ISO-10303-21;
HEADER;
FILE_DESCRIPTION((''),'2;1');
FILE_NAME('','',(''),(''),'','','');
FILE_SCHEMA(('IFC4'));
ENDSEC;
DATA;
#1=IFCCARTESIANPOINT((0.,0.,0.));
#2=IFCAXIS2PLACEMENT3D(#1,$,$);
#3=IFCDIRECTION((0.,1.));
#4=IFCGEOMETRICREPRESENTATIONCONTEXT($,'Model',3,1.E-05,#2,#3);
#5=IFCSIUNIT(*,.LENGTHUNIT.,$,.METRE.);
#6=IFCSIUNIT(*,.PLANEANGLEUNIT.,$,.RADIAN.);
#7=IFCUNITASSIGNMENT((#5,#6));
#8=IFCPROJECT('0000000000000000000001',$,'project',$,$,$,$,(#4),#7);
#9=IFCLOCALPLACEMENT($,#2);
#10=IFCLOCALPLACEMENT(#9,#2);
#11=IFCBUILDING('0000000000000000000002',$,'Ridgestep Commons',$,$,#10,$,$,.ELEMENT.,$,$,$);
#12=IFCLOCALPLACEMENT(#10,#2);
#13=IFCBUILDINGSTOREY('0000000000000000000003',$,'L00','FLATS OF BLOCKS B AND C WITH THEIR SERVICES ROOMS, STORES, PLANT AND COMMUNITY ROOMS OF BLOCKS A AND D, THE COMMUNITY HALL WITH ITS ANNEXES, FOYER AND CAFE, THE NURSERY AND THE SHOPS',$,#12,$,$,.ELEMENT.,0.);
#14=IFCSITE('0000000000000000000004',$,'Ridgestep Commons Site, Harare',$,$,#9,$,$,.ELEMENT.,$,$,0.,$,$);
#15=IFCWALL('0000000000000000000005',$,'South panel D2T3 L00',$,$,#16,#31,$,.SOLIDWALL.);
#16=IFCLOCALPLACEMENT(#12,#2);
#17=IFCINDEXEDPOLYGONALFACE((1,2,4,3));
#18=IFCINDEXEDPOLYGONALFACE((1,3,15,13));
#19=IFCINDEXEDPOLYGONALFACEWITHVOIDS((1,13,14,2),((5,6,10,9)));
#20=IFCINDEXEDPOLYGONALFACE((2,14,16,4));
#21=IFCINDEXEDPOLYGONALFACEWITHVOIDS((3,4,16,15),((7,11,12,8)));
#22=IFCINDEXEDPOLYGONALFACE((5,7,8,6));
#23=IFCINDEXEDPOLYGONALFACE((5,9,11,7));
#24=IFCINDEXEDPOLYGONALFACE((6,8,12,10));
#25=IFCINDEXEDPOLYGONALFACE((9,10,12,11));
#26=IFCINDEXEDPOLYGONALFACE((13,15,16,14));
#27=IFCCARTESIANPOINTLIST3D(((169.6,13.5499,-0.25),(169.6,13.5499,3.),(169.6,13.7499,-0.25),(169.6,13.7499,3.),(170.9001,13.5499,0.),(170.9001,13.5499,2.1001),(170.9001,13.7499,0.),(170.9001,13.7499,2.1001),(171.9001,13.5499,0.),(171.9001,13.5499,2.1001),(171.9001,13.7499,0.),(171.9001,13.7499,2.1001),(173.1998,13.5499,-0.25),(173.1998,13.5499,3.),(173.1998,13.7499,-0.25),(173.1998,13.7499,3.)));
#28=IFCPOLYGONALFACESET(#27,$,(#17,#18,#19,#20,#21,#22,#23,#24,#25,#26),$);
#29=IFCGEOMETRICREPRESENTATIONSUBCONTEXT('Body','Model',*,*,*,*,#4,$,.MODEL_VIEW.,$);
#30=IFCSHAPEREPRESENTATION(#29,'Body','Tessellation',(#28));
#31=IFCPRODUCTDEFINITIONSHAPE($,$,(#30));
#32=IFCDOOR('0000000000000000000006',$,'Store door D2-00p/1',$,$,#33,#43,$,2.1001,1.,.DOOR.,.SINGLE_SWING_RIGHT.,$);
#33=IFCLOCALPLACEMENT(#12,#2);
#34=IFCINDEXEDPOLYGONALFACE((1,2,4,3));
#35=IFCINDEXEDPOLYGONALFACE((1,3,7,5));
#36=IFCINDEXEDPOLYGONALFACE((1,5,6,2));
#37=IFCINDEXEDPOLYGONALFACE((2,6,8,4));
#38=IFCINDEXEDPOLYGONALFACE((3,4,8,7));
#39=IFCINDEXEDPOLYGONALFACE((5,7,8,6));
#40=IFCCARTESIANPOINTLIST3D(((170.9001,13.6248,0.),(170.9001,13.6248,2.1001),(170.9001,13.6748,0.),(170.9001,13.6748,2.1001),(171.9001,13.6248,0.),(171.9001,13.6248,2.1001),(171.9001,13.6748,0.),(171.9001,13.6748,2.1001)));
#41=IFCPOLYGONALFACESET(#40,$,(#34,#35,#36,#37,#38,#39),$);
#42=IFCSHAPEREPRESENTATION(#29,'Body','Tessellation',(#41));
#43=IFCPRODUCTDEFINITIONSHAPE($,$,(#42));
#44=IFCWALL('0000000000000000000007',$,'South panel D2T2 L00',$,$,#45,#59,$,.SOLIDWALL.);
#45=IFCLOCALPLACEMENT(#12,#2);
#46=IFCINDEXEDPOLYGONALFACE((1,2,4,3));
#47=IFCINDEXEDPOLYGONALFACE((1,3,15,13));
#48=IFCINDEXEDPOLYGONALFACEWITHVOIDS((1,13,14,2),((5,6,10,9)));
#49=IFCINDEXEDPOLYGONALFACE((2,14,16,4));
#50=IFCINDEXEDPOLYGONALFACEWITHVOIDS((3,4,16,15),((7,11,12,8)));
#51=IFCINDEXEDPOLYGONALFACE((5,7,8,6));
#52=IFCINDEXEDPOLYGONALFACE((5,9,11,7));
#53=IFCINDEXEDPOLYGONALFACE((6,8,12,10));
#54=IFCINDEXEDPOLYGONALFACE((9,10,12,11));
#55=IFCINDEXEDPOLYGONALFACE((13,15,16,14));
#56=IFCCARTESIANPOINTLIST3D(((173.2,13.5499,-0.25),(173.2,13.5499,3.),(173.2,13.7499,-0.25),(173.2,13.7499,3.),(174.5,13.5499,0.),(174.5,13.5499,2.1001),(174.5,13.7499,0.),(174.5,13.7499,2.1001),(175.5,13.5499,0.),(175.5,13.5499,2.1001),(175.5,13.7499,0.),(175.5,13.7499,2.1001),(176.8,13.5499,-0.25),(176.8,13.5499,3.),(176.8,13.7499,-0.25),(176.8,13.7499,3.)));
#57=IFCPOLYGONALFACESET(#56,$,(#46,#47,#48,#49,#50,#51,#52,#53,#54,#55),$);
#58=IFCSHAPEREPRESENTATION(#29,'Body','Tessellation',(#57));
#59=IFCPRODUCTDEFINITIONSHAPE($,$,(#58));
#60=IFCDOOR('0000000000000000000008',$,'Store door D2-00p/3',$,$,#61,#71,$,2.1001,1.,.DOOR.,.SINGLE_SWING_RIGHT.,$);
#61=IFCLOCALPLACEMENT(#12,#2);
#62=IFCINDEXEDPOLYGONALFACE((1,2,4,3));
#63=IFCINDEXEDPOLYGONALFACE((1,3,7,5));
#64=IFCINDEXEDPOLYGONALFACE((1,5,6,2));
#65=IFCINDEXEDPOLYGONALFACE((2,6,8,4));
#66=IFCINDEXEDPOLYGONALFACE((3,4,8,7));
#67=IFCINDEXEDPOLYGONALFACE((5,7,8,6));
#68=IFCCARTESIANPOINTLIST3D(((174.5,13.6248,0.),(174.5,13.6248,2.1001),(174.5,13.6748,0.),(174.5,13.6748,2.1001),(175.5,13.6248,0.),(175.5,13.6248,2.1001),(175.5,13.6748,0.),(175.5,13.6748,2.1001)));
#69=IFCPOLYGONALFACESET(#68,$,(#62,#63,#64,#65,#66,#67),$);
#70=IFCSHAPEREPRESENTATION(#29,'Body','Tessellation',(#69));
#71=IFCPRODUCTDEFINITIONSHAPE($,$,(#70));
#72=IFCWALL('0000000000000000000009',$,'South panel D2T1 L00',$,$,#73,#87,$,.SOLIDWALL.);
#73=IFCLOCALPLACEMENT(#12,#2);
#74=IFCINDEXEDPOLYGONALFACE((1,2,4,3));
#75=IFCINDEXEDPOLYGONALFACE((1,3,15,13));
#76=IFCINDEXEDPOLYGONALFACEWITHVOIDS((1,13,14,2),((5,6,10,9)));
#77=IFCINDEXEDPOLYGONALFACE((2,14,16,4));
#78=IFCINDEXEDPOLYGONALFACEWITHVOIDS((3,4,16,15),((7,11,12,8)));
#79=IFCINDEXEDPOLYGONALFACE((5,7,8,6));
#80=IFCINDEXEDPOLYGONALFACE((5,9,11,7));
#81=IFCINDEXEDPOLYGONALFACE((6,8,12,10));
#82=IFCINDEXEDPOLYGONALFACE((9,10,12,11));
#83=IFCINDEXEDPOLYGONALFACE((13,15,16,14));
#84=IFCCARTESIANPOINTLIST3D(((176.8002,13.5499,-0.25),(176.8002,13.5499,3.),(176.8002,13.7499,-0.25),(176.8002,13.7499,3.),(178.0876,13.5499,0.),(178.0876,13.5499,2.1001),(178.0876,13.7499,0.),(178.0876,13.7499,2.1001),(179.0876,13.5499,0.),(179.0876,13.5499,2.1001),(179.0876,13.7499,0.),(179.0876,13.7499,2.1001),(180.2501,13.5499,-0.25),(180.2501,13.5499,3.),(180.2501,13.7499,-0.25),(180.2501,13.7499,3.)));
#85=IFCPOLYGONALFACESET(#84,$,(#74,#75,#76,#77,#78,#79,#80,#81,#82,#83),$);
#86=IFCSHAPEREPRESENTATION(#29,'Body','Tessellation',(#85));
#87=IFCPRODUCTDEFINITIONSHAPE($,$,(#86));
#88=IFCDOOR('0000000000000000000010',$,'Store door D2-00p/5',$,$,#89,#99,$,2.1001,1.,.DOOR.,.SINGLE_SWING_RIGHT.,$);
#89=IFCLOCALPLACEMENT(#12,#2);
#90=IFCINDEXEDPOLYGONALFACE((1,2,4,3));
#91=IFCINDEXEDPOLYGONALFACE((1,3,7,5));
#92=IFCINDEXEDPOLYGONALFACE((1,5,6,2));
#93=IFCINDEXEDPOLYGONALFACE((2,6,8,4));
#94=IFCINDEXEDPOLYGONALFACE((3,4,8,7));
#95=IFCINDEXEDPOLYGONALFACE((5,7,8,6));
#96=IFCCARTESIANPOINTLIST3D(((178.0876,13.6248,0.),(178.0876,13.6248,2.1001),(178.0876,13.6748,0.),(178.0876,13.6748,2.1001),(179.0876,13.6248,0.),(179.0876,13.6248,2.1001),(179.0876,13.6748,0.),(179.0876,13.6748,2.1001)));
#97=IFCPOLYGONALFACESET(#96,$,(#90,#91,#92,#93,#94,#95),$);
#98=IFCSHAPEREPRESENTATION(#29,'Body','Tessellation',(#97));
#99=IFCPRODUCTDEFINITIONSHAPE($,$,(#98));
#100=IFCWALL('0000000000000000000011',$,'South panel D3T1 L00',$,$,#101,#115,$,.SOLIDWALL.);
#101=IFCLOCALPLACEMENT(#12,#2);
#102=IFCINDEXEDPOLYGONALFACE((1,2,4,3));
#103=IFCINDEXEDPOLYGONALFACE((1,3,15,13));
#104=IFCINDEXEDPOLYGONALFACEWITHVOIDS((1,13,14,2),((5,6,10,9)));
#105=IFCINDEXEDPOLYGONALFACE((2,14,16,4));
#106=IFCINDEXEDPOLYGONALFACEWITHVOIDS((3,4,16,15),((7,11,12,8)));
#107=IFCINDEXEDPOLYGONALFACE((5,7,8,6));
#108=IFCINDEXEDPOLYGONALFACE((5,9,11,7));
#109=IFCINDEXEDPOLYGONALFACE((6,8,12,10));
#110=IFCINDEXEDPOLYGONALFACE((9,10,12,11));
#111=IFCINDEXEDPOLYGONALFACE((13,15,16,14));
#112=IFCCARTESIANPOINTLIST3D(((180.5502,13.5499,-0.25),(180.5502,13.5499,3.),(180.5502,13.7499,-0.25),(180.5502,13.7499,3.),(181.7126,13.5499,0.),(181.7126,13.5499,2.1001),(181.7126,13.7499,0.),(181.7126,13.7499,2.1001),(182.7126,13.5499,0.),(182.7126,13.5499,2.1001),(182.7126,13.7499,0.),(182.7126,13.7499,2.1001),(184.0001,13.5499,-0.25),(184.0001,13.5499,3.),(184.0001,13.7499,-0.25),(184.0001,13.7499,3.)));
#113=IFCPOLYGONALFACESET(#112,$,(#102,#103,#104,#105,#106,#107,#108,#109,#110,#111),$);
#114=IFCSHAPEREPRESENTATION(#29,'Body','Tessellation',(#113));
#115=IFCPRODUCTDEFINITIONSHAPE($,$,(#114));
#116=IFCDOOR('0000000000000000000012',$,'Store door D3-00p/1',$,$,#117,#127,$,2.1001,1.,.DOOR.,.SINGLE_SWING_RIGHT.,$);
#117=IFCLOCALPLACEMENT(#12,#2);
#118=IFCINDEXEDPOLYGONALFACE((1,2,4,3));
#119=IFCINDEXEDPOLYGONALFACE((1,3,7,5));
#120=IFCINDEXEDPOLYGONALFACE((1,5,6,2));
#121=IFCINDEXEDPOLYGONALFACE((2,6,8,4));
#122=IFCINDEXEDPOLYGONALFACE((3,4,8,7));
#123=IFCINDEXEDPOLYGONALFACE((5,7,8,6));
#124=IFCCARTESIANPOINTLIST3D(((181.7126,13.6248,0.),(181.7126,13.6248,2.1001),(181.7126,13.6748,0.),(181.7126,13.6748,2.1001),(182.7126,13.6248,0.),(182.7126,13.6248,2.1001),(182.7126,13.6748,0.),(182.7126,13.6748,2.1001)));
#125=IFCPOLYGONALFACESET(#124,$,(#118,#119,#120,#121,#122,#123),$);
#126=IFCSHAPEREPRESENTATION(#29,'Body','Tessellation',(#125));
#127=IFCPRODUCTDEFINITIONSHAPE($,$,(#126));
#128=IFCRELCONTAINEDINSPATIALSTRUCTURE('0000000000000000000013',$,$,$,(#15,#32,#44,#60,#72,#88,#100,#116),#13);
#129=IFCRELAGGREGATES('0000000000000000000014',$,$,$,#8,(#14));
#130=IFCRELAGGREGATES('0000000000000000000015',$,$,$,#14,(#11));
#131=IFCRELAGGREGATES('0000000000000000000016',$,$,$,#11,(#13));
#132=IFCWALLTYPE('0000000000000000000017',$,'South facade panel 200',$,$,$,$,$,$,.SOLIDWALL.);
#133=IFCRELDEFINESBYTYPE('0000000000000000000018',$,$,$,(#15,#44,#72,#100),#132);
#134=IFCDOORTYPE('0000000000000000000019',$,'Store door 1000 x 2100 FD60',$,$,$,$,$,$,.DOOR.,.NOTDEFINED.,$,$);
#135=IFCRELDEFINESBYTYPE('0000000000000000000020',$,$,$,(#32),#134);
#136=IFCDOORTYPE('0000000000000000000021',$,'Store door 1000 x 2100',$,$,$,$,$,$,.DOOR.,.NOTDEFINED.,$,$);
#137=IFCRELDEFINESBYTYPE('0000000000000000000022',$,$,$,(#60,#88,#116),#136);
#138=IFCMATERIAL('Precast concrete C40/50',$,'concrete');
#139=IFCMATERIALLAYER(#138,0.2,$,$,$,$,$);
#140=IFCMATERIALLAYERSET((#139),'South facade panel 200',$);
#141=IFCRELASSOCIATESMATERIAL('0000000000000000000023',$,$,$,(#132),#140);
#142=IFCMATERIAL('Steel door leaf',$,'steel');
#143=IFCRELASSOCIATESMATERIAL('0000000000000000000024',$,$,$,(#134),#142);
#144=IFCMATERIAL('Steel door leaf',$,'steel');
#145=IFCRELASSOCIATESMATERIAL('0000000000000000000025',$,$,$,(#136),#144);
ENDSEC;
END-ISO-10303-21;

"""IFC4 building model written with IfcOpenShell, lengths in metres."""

from ifc_helpers import new_model, si_unit, direction, frame, frame_2d, origin, place, context, subcontext, project, spatial, rectangle, extrude, material, layer, layer_set, type_object, element, fill, save


model = new_model("IFC4")

# Units and contexts
model_context = context("Model", 3, precision=1e-05, world=origin(), true_north=direction((0.0, 1.0)))
body_context = subcontext(model_context, "Body", "Model", "MODEL_VIEW")
ifc_project = project(units=[si_unit("LENGTHUNIT", "METRE"), si_unit("PLANEANGLEUNIT", "RADIAN")], contexts=[model_context])

# Site, building, storey
site_placement = place(None, origin())
site = spatial("IfcSite", under=ifc_project, at=site_placement, Name="Ridgestep Commons Site, Harare", CompositionType="ELEMENT", RefElevation=0.0)
building_placement = place(site_placement, origin())
building = spatial("IfcBuilding", under=site, at=building_placement, Name="Ridgestep Commons", CompositionType="ELEMENT")
storey_placement = place(building_placement, origin())
storey = spatial("IfcBuildingStorey", under=building, at=storey_placement, Name="L00", Description="FLATS OF BLOCKS B AND C WITH THEIR SERVICES ROOMS, STORES, PLANT AND COMMUNITY ROOMS OF BLOCKS A AND D, THE COMMUNITY HALL WITH ITS ANNEXES, FOYER AND CAFE, THE NURSERY AND THE SHOPS", CompositionType="ELEMENT", Elevation=0.0)

# Walls, openings, doors
ifc_material_1 = material(Name="Precast concrete C40/50", Category="concrete")
ifc_layer_1 = layer(ifc_material_1, 0.2)
ifc_layer_set_1 = layer_set([ifc_layer_1], Name="South facade panel 200")
wall_type_1 = type_object("IfcWallType", Name="South facade panel 200", PredefinedType="SOLIDWALL", material=ifc_layer_set_1)
wall_1_placement = place(storey_placement, frame((169.6001, 13.6499, -0.25), z_axis=(0.0, 0.0, 1.0), x_axis=(1.0, 0.0, 0.0)))
wall_1 = element("IfcWall", 1, at=wall_1_placement, inside=storey, type_object=wall_type_1, Name="South panel D2T3 L00", PredefinedType="SOLIDWALL", context=body_context, shape_type="SweptSolid", body=[
    extrude(rectangle(XDim=3.5999, YDim=0.2, at=frame_2d((1.7998, 0.0))), origin(), (0.0, 0.0, 1.0), 3.25),
])
opening_1_placement = place(wall_1_placement, frame((1.3, 0.0, 0.25)))
opening_1 = element("IfcOpeningElement", 2, at=opening_1_placement, cuts=wall_1, PredefinedType="OPENING", context=body_context, shape_type="SweptSolid", body=[
    extrude(rectangle(XDim=1.0, YDim=2.1001, at=frame_2d((0.5, 1.05))), frame((0.0, 0.1099, 0.0), z_axis=(0.0, -1.0, 0.0), x_axis=(1.0, 0.0, 0.0)), (0.0, 0.0, 1.0), 0.22),
])
ifc_material_2 = material(Name="Steel door leaf", Category="steel")
door_type_1 = type_object("IfcDoorType", Name="Store door 1000 x 2100 FD60", OperationType="NOTDEFINED", PredefinedType="DOOR", material=ifc_material_2)
door_1_placement = place(opening_1_placement, origin())
door_1 = element("IfcDoor", 3, at=door_1_placement, inside=storey, type_object=door_type_1, Name="Store door D2-00p/1", OperationType="SINGLE_SWING_RIGHT", OverallHeight=2.1001, OverallWidth=1.0, PredefinedType="DOOR", context=body_context, shape_type="SweptSolid", body=[
    extrude(rectangle(XDim=1.0, YDim=2.1001, at=frame_2d((0.5, 1.05))), frame((0.0, 0.0249, 0.0), z_axis=(0.0, -1.0, 0.0), x_axis=(1.0, 0.0, 0.0)), (0.0, 0.0, 1.0), 0.05),
])
fill(opening_1, door_1)
wall_2_placement = place(storey_placement, frame((173.2, 13.6499, -0.25), z_axis=(0.0, 0.0, 1.0), x_axis=(1.0, 0.0, 0.0)))
wall_2 = element("IfcWall", 4, at=wall_2_placement, inside=storey, type_object=wall_type_1, Name="South panel D2T2 L00", PredefinedType="SOLIDWALL", context=body_context, shape_type="SweptSolid", body=[
    extrude(rectangle(XDim=3.6001, YDim=0.2, at=frame_2d((1.8, 0.0))), origin(), (0.0, 0.0, 1.0), 3.25),
])
opening_2_placement = place(wall_2_placement, frame((1.3, 0.0, 0.25)))
opening_2 = element("IfcOpeningElement", 5, at=opening_2_placement, cuts=wall_2, PredefinedType="OPENING", context=body_context, shape_type="SweptSolid", body=[
    extrude(rectangle(XDim=1.0, YDim=2.1001, at=frame_2d((0.5, 1.05))), frame((0.0, 0.1099, 0.0), z_axis=(0.0, -1.0, 0.0), x_axis=(1.0, 0.0, 0.0)), (0.0, 0.0, 1.0), 0.22),
])
ifc_material_3 = material(Name="Steel door leaf", Category="steel")
door_type_2 = type_object("IfcDoorType", Name="Store door 1000 x 2100", OperationType="NOTDEFINED", PredefinedType="DOOR", material=ifc_material_3)
door_2_placement = place(opening_2_placement, origin())
door_2 = element("IfcDoor", 6, at=door_2_placement, inside=storey, type_object=door_type_2, Name="Store door D2-00p/3", OperationType="SINGLE_SWING_RIGHT", OverallHeight=2.1001, OverallWidth=1.0, PredefinedType="DOOR", context=body_context, shape_type="SweptSolid", body=[
    extrude(rectangle(XDim=1.0, YDim=2.1001, at=frame_2d((0.5, 1.05))), frame((0.0, 0.0249, 0.0), z_axis=(0.0, -1.0, 0.0), x_axis=(1.0, 0.0, 0.0)), (0.0, 0.0, 1.0), 0.05),
])
fill(opening_2, door_2)
wall_3_placement = place(storey_placement, frame((176.8, 13.6499, -0.25), z_axis=(0.0, 0.0, 1.0), x_axis=(1.0, 0.0, 0.0)))
wall_3 = element("IfcWall", 7, at=wall_3_placement, inside=storey, type_object=wall_type_1, Name="South panel D2T1 L00", PredefinedType="SOLIDWALL", context=body_context, shape_type="SweptSolid", body=[
    extrude(rectangle(XDim=3.45, YDim=0.2, at=frame_2d((1.7251, 0.0))), origin(), (0.0, 0.0, 1.0), 3.25),
])
opening_3_placement = place(wall_3_placement, frame((1.2876, 0.0, 0.25)))
opening_3 = element("IfcOpeningElement", 8, at=opening_3_placement, cuts=wall_3, PredefinedType="OPENING", context=body_context, shape_type="SweptSolid", body=[
    extrude(rectangle(XDim=1.0, YDim=2.1001, at=frame_2d((0.5, 1.05))), frame((0.0, 0.1099, 0.0), z_axis=(0.0, -1.0, 0.0), x_axis=(1.0, 0.0, 0.0)), (0.0, 0.0, 1.0), 0.22),
])
door_3_placement = place(opening_3_placement, origin())
door_3 = element("IfcDoor", 9, at=door_3_placement, inside=storey, type_object=door_type_2, Name="Store door D2-00p/5", OperationType="SINGLE_SWING_RIGHT", OverallHeight=2.1001, OverallWidth=1.0, PredefinedType="DOOR", context=body_context, shape_type="SweptSolid", body=[
    extrude(rectangle(XDim=1.0, YDim=2.1001, at=frame_2d((0.5, 1.05))), frame((0.0, 0.0249, 0.0), z_axis=(0.0, -1.0, 0.0), x_axis=(1.0, 0.0, 0.0)), (0.0, 0.0, 1.0), 0.05),
])
fill(opening_3, door_3)
wall_4_placement = place(storey_placement, frame((180.55, 13.6499, -0.25), z_axis=(0.0, 0.0, 1.0), x_axis=(1.0, 0.0, 0.0)))
wall_4 = element("IfcWall", 10, at=wall_4_placement, inside=storey, type_object=wall_type_1, Name="South panel D3T1 L00", PredefinedType="SOLIDWALL", context=body_context, shape_type="SweptSolid", body=[
    extrude(rectangle(XDim=3.45, YDim=0.2, at=frame_2d((1.7251, 0.0))), origin(), (0.0, 0.0, 1.0), 3.25),
])
opening_4_placement = place(wall_4_placement, frame((1.1626, 0.0, 0.25)))
opening_4 = element("IfcOpeningElement", 11, at=opening_4_placement, cuts=wall_4, PredefinedType="OPENING", context=body_context, shape_type="SweptSolid", body=[
    extrude(rectangle(XDim=1.0, YDim=2.1001, at=frame_2d((0.5, 1.05))), frame((0.0, 0.1099, 0.0), z_axis=(0.0, -1.0, 0.0), x_axis=(1.0, 0.0, 0.0)), (0.0, 0.0, 1.0), 0.22),
])
door_4_placement = place(opening_4_placement, origin())
door_4 = element("IfcDoor", 12, at=door_4_placement, inside=storey, type_object=door_type_2, Name="Store door D3-00p/1", OperationType="SINGLE_SWING_RIGHT", OverallHeight=2.1001, OverallWidth=1.0, PredefinedType="DOOR", context=body_context, shape_type="SweptSolid", body=[
    extrude(rectangle(XDim=1.0, YDim=2.1001, at=frame_2d((0.5, 1.05))), frame((0.0, 0.0249, 0.0), z_axis=(0.0, -1.0, 0.0), x_axis=(1.0, 0.0, 0.0)), (0.0, 0.0, 1.0), 0.05),
])
fill(opening_4, door_4)

save(model, "model.ifc")
